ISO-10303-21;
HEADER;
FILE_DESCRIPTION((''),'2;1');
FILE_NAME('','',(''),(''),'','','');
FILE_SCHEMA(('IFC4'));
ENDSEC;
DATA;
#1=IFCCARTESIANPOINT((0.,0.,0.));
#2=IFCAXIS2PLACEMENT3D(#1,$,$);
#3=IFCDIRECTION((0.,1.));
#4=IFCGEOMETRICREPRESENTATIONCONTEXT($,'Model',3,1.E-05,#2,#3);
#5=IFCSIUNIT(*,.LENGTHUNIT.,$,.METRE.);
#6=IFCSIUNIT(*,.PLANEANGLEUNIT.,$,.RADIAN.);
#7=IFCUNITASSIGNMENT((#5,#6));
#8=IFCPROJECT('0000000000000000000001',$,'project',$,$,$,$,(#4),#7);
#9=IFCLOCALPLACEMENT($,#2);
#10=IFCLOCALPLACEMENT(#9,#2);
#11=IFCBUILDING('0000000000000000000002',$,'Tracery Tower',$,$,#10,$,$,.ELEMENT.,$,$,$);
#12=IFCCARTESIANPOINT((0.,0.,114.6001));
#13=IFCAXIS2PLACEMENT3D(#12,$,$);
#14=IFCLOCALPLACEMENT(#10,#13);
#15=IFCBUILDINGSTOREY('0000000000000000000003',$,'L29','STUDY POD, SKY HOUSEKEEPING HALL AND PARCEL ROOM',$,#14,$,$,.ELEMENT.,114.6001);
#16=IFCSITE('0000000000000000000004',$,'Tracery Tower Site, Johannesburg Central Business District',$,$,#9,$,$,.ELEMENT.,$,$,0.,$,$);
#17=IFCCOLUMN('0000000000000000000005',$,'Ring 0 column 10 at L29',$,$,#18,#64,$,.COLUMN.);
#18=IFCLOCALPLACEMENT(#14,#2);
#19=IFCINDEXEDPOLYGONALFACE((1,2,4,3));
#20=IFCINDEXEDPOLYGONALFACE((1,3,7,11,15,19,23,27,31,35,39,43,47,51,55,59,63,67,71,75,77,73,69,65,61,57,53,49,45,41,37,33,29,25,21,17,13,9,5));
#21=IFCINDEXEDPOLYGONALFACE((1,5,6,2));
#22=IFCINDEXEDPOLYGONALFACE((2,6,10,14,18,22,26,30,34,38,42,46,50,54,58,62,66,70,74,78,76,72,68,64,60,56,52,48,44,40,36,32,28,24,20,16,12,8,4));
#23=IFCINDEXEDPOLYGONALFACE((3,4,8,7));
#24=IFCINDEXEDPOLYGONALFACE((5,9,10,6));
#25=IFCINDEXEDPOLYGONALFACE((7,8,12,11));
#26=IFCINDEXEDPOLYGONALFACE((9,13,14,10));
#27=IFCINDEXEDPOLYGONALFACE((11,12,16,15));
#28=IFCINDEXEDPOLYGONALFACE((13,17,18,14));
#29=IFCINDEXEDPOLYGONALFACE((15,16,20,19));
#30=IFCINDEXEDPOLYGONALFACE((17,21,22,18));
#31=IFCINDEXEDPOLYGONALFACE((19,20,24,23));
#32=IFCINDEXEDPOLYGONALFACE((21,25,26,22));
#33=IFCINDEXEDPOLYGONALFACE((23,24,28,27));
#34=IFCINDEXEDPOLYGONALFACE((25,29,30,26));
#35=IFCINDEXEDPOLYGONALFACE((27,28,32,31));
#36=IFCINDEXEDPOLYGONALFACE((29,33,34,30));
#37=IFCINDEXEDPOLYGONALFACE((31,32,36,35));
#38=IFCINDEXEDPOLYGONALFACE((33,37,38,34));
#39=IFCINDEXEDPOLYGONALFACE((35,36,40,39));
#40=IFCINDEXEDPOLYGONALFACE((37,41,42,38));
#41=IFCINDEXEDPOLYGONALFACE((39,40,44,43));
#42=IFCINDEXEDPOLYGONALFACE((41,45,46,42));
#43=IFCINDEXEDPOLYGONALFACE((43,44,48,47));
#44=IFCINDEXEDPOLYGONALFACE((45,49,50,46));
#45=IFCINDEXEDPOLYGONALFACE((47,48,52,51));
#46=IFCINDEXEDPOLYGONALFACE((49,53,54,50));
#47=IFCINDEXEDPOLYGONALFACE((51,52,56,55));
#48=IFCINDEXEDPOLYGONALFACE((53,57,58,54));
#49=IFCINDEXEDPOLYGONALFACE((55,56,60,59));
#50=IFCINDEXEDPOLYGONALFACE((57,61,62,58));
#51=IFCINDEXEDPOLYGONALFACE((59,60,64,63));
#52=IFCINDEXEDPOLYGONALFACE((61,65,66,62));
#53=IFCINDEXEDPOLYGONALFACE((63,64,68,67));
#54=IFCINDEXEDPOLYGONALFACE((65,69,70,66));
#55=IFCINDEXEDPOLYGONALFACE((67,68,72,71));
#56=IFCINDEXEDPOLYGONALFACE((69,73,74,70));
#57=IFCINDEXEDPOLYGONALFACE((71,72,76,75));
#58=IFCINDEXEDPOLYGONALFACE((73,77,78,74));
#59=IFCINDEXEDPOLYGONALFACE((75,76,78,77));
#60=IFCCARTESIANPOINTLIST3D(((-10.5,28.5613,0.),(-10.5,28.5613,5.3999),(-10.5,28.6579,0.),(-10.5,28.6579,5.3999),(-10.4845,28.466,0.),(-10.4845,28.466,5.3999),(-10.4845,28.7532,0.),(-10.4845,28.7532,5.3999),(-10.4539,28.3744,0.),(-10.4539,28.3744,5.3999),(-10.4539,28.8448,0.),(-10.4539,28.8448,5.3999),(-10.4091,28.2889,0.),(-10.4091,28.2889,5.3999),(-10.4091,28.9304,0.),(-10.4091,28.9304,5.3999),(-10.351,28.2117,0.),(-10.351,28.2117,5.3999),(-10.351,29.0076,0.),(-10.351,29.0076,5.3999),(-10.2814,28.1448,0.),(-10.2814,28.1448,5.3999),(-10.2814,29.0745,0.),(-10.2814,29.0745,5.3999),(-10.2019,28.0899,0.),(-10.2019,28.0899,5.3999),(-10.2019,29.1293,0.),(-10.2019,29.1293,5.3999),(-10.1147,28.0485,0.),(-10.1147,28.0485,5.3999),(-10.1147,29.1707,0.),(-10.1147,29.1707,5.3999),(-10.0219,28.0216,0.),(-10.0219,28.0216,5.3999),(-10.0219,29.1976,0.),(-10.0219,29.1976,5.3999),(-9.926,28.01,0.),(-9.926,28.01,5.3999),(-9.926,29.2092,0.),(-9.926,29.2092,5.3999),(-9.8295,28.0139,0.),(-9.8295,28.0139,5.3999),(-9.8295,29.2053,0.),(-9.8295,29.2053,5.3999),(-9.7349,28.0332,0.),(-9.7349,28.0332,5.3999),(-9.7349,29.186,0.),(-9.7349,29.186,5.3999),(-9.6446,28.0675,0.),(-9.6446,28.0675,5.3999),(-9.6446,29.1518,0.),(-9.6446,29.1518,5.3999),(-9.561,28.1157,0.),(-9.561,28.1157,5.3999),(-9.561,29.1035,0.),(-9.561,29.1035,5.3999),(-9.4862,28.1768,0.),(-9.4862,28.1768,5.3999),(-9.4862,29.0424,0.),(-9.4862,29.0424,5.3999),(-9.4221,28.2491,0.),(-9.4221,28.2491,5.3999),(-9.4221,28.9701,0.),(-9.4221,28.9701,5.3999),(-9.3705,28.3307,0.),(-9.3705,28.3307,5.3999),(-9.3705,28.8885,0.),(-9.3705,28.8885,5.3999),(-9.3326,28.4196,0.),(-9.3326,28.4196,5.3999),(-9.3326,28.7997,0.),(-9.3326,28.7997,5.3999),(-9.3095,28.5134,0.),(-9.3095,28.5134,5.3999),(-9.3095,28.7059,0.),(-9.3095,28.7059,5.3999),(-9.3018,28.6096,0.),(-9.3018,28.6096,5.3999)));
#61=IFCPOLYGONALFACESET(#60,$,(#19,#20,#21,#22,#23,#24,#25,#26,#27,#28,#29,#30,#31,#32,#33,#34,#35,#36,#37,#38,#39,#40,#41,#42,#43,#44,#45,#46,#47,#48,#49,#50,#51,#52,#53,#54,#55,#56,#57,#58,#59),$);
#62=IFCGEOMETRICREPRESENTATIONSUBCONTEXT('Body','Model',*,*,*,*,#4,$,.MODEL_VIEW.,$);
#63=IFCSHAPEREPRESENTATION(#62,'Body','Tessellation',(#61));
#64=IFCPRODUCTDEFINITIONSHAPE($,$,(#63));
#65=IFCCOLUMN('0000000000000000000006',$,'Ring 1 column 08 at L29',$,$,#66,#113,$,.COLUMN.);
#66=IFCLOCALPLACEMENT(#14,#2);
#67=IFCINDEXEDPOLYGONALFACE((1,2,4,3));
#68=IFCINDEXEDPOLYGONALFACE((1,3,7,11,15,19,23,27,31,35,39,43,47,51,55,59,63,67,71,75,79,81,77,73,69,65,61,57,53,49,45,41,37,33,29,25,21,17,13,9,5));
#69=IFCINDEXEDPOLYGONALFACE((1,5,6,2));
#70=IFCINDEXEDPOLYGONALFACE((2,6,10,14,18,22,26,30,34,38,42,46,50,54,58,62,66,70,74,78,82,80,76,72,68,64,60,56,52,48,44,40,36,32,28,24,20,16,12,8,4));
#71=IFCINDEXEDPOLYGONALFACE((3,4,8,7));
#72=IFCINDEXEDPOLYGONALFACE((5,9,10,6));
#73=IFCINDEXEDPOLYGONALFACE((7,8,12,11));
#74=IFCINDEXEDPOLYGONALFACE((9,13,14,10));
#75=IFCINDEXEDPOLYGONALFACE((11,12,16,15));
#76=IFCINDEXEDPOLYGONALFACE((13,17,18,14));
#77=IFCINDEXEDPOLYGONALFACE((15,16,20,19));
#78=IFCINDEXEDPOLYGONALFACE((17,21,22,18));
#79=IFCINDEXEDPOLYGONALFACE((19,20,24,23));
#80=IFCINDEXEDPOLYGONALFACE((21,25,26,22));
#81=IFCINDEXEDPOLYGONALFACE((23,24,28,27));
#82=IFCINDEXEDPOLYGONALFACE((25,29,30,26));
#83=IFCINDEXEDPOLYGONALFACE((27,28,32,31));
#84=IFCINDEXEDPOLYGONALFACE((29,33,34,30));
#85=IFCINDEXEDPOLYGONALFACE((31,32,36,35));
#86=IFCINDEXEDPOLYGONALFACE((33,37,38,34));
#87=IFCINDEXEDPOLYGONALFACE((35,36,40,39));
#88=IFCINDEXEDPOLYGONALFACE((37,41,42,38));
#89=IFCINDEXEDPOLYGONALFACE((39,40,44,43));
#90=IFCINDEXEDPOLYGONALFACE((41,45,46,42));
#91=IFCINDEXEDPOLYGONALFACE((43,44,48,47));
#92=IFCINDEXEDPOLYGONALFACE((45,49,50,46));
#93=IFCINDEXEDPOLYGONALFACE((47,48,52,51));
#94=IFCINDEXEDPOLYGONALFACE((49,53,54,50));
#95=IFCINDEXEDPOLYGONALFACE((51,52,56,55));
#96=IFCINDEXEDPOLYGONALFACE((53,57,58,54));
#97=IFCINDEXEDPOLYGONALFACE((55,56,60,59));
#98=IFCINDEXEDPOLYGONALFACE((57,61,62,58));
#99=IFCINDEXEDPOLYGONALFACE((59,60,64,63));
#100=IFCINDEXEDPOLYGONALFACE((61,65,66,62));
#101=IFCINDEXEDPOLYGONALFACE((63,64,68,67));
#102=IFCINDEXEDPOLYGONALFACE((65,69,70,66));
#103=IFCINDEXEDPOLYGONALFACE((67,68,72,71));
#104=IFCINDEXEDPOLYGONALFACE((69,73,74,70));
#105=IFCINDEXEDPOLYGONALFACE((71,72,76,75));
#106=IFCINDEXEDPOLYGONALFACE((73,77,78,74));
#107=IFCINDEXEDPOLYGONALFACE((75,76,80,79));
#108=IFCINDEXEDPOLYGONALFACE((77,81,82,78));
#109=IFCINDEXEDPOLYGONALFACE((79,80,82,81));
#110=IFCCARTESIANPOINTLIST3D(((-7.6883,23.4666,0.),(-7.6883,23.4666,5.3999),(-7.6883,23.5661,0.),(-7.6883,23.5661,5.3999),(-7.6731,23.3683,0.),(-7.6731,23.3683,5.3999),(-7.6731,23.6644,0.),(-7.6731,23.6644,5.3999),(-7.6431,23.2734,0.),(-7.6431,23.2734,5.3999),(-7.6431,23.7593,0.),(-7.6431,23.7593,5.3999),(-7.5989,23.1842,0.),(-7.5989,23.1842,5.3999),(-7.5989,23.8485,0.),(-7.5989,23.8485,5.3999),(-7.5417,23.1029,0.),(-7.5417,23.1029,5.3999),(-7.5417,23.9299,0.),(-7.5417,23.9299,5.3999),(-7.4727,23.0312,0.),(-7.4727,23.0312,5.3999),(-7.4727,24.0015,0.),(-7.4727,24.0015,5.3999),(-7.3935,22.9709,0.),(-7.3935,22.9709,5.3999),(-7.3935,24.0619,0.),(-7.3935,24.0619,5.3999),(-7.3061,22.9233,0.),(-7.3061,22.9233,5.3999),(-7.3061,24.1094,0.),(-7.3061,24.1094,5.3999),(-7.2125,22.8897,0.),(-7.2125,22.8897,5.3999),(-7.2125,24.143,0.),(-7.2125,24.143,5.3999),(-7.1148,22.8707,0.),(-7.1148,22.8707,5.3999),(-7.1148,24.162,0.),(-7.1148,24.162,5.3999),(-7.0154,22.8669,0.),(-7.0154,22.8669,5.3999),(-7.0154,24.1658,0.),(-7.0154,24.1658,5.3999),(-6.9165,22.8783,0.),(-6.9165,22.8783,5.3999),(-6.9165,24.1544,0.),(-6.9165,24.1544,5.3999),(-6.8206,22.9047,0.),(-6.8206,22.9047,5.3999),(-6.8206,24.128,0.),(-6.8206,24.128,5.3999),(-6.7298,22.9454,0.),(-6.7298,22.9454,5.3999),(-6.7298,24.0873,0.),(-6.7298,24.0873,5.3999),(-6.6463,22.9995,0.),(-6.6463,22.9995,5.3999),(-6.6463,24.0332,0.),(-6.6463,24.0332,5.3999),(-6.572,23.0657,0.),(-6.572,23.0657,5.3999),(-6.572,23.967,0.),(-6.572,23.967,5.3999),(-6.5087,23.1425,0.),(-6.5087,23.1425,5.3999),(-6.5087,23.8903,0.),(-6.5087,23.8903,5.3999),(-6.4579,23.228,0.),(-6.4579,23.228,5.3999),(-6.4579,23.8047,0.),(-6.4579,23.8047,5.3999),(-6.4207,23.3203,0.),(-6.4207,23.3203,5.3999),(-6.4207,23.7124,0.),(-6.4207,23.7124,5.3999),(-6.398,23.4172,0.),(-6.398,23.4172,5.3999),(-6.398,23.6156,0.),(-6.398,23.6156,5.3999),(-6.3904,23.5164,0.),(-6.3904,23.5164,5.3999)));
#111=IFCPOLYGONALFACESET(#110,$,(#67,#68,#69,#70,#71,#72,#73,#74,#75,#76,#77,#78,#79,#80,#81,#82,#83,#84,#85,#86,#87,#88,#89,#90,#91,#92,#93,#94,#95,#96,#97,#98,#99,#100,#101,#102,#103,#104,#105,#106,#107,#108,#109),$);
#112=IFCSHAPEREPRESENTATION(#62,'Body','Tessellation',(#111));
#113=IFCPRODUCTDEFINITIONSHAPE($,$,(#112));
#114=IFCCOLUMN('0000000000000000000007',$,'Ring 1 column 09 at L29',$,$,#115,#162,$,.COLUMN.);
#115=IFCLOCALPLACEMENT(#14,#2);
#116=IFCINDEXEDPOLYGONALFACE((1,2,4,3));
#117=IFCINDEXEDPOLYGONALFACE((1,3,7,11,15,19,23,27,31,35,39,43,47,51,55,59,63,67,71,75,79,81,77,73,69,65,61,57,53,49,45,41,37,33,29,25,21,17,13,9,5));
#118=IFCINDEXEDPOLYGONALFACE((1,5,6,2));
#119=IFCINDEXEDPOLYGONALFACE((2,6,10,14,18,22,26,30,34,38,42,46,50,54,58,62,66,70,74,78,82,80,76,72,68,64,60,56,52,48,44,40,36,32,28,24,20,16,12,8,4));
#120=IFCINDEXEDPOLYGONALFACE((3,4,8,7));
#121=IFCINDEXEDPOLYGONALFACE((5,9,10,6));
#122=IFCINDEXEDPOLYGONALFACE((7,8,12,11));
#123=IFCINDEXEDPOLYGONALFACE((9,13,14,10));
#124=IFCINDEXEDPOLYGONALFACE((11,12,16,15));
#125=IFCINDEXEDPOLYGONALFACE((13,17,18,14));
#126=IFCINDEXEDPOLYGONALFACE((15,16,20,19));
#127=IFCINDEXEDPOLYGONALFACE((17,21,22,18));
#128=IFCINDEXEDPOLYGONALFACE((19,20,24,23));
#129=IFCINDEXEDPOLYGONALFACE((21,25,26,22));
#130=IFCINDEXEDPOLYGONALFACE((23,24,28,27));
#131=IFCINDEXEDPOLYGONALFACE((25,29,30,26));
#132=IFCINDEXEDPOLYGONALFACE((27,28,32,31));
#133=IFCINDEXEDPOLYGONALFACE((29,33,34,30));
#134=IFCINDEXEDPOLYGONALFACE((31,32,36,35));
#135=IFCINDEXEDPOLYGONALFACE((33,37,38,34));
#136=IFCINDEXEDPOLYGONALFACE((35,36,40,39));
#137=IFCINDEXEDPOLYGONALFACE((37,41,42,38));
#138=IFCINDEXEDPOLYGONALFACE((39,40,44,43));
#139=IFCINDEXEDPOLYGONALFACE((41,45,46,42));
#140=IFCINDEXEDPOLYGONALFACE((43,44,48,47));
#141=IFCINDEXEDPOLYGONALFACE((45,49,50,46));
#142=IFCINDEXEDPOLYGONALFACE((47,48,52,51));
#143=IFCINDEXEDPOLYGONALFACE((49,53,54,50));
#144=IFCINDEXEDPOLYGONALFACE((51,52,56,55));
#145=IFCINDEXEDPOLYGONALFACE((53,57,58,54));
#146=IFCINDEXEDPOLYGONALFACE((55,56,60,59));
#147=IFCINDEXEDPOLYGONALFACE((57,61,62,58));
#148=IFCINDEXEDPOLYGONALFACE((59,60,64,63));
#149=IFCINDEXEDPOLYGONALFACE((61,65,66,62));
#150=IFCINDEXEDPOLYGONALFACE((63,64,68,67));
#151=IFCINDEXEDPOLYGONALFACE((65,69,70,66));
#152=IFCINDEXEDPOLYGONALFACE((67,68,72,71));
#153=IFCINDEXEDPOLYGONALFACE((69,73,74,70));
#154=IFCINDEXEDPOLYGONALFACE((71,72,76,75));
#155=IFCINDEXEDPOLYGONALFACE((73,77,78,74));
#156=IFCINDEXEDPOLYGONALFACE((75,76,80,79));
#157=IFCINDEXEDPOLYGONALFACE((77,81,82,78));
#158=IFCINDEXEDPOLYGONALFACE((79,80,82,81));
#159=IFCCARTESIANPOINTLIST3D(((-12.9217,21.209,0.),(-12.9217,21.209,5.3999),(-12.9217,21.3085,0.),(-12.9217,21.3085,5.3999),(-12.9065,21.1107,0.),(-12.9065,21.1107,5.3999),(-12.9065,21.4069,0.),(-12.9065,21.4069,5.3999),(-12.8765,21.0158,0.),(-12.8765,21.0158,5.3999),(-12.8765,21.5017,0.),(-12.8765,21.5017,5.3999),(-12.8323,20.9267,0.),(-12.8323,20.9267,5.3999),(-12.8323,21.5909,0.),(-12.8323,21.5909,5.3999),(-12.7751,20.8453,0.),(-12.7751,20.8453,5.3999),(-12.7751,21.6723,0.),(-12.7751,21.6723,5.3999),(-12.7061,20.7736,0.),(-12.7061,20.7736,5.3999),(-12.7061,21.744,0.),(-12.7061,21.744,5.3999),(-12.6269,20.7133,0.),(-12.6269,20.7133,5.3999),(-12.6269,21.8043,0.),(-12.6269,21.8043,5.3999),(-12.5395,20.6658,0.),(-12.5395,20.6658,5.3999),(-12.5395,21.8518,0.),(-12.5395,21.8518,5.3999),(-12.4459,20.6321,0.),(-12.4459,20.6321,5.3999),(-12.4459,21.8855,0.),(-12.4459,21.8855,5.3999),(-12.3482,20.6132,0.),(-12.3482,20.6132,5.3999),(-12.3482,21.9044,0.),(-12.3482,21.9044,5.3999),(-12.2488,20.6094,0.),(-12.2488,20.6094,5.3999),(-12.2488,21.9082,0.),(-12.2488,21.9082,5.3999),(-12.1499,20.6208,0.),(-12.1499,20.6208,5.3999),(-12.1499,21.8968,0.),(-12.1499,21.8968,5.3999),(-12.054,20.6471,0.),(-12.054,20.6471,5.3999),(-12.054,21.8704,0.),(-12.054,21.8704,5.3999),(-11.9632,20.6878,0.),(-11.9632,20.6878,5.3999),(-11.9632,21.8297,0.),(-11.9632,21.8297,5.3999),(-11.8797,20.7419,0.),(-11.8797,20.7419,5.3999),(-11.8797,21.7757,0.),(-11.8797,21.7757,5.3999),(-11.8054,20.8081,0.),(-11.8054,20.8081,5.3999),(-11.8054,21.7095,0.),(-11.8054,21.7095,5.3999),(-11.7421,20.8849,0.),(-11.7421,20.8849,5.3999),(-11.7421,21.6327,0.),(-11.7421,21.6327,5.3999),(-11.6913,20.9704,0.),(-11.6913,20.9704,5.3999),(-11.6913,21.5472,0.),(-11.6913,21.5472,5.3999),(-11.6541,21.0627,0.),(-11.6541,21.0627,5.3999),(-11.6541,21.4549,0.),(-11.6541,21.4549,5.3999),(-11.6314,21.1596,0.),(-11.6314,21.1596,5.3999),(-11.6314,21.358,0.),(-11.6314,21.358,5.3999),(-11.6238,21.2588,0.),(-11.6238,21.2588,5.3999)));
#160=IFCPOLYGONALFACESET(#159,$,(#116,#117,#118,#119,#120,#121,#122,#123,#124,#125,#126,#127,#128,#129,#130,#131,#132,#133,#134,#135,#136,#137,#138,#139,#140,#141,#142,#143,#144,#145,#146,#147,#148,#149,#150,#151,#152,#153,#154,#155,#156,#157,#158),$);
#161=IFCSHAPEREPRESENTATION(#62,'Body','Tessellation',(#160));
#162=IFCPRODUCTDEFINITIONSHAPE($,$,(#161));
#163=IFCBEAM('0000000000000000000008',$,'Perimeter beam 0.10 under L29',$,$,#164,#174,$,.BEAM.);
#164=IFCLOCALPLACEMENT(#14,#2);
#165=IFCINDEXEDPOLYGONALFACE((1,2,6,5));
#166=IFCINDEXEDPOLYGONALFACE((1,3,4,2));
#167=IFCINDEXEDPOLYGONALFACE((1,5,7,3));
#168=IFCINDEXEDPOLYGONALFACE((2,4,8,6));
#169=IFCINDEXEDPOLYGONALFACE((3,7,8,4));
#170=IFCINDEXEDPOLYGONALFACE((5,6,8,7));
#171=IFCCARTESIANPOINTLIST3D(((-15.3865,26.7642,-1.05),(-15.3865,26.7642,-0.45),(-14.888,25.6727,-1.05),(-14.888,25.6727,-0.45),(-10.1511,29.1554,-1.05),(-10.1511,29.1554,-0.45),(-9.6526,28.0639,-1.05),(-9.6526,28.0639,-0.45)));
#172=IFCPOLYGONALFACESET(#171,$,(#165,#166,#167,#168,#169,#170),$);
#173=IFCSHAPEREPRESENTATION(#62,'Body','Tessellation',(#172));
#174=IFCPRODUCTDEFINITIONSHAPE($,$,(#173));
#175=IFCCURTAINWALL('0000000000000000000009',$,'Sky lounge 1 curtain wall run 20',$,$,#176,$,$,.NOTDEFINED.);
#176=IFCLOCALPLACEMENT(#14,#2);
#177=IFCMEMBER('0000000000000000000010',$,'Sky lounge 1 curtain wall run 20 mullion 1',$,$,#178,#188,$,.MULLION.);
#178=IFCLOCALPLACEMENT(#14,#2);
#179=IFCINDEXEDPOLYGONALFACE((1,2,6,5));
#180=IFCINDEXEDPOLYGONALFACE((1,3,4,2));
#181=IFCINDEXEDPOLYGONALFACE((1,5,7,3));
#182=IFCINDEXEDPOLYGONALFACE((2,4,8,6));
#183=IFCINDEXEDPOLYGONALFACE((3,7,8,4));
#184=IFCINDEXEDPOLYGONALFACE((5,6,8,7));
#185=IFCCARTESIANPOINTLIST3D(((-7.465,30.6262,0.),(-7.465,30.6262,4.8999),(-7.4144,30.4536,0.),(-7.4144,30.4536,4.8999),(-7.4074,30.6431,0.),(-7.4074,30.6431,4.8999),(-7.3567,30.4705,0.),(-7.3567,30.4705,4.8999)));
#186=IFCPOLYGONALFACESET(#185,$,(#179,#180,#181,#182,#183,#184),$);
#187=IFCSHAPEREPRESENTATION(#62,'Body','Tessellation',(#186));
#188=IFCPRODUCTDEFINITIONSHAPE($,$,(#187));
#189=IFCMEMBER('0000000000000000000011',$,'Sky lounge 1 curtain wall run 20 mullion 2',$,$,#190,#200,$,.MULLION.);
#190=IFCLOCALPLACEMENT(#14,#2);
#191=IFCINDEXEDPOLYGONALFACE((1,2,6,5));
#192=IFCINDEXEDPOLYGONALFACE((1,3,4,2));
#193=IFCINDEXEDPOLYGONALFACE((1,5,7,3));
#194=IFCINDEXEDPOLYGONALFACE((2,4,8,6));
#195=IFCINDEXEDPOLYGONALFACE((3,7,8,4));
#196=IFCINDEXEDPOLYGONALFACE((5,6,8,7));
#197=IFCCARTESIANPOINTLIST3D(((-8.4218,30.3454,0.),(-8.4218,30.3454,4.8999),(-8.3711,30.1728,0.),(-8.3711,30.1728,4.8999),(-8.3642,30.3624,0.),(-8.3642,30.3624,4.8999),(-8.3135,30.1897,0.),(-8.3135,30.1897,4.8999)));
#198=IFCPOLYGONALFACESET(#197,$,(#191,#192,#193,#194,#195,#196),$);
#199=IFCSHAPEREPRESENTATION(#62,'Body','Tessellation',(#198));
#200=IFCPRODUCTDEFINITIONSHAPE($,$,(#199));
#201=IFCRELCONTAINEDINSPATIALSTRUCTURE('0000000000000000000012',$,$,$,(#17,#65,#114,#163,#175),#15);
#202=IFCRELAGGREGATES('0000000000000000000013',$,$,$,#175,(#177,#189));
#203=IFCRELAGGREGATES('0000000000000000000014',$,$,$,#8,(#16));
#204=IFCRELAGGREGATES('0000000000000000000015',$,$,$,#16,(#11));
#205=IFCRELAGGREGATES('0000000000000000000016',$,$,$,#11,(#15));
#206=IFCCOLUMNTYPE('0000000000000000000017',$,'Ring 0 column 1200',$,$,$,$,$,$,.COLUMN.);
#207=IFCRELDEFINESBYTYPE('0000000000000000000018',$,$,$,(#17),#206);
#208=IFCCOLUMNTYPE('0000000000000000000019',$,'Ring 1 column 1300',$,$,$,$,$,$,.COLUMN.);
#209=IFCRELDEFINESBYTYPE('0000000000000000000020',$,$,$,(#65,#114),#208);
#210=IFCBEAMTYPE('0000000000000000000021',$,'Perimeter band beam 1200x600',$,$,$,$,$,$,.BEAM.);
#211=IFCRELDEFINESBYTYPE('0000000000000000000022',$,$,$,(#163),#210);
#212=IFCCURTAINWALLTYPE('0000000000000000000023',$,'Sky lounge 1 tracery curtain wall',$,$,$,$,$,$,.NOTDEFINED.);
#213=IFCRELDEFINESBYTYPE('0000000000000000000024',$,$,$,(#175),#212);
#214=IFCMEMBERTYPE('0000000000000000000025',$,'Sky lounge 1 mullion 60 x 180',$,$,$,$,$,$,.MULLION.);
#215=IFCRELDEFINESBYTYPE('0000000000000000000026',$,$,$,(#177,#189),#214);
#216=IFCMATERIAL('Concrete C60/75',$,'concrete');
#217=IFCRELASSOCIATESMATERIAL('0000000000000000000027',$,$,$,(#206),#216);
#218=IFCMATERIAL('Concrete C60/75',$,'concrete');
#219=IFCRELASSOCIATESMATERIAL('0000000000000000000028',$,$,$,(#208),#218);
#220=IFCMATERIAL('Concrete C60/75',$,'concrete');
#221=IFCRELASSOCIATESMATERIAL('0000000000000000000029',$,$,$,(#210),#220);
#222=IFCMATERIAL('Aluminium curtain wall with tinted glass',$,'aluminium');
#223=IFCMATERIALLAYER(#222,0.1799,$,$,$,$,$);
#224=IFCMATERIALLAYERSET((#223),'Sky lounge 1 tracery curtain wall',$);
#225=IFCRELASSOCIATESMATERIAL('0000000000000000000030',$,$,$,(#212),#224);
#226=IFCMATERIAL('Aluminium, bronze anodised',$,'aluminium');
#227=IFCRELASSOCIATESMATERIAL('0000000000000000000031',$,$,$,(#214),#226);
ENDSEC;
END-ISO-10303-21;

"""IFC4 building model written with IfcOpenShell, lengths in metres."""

from ifc_helpers import new_model, si_unit, direction, frame, origin, origin_2d, place, context, subcontext, project, spatial, rectangle, circle, extrude, material, layer, layer_set, material_profile, profile_set, type_object, element, aggregate, save


model = new_model("IFC4")

# Units and contexts
model_context = context("Model", 3, precision=1e-05, world=origin(), true_north=direction((0.0, 1.0)))
body_context = subcontext(model_context, "Body", "Model", "MODEL_VIEW")
ifc_project = project(units=[si_unit("LENGTHUNIT", "METRE"), si_unit("PLANEANGLEUNIT", "RADIAN")], contexts=[model_context])

# Site, building, storey
site_placement = place(None, origin())
site = spatial("IfcSite", under=ifc_project, at=site_placement, Name="Tracery Tower Site, Johannesburg Central Business District", CompositionType="ELEMENT", RefElevation=0.0)
building_placement = place(site_placement, origin())
building = spatial("IfcBuilding", under=site, at=building_placement, Name="Tracery Tower", CompositionType="ELEMENT")
storey_placement = place(building_placement, frame((0.0, 0.0, 114.6001)))
storey = spatial("IfcBuildingStorey", under=building, at=storey_placement, Name="L29", Description="STUDY POD, SKY HOUSEKEEPING HALL AND PARCEL ROOM", CompositionType="ELEMENT", Elevation=114.6001)

# Columns
ifc_material_1 = material(Name="Concrete C60/75", Category="concrete")
ifc_material_profile_1 = material_profile(ifc_material_1, circle(Radius=0.6001, at=origin_2d()), Name="RC D1200")
ifc_profile_set_1 = profile_set([ifc_material_profile_1], Name="Concrete C60/75")
column_type_1 = type_object("IfcColumnType", Name="Ring 0 column 1200", PredefinedType="COLUMN", material=ifc_profile_set_1)
column_placement = place(storey_placement, frame((-9.9019, 28.6096, 0.0), z_axis=(0.0, 0.0, 1.0), x_axis=(1.0, 0.0, 0.0)))
element("IfcColumn", 1, at=column_placement, inside=storey, type_object=column_type_1, Name="Ring 0 column 10 at L29", PredefinedType="COLUMN", context=body_context, shape_type="SweptSolid", body=[
    extrude(circle(Radius=0.6001, at=origin_2d()), origin(), (0.0, 0.0, 1.0), 5.3999),
])
ifc_material_2 = material(Name="Concrete C60/75", Category="concrete")
ifc_material_profile_2 = material_profile(ifc_material_2, circle(Radius=0.6499, at=origin_2d()), Name="RC D1300")
ifc_profile_set_2 = profile_set([ifc_material_profile_2], Name="Concrete C60/75")
column_type_2 = type_object("IfcColumnType", Name="Ring 1 column 1300", PredefinedType="COLUMN", material=ifc_profile_set_2)
for number, where, z_axis, x_axis, name in (
    (2, (-7.0403, 23.5164, 0.0), (0.0, 0.0, 1.0), (1.0, 0.0, 0.0), "Ring 1 column 08 at L29"),
    (3, (-12.2737, 21.2588, 0.0), (0.0, 0.0, 1.0), (1.0, 0.0, 0.0), "Ring 1 column 09 at L29"),
):
    element("IfcColumn", number, at=place(storey_placement, frame(where, z_axis=z_axis, x_axis=x_axis)), inside=storey, type_object=column_type_2, Name=name, PredefinedType="COLUMN", context=body_context, shape_type="SweptSolid", body=[
        extrude(circle(Radius=0.6499, at=origin_2d()), origin(), (0.0, 0.0, 1.0), 5.3999),
    ])

# Beam
ifc_material_3 = material(Name="Concrete C60/75", Category="concrete")
ifc_material_profile_3 = material_profile(ifc_material_3, rectangle(XDim=1.2, YDim=0.6001, at=origin_2d()), Name="RC 1200x600")
ifc_profile_set_3 = profile_set([ifc_material_profile_3], Name="Concrete C60/75")
beam_type = type_object("IfcBeamType", Name="Perimeter band beam 1200x600", PredefinedType="BEAM", material=ifc_profile_set_3)
beam_placement = place(storey_placement, frame((-9.9019, 28.6096, -0.75), z_axis=(-0.909618, -0.415445, 0.0), x_axis=(0.415445, -0.909618, 0.0)))
element("IfcBeam", 4, at=beam_placement, inside=storey, type_object=beam_type, Name="Perimeter beam 0.10 under L29", PredefinedType="BEAM", context=body_context, shape_type="SweptSolid", body=[
    extrude(rectangle(XDim=1.2, YDim=0.6001, at=origin_2d()), origin(), (0.0, 0.0, 1.0), 5.7556),
])

# Curtain wall, members
ifc_material_4 = material(Name="Aluminium curtain wall with tinted glass", Category="aluminium")
ifc_layer_1 = layer(ifc_material_4, 0.1799)
ifc_layer_set_1 = layer_set([ifc_layer_1], Name="Sky lounge 1 tracery curtain wall")
curtain_wall_type = type_object("IfcCurtainWallType", Name="Sky lounge 1 tracery curtain wall", PredefinedType="NOTDEFINED", material=ifc_layer_set_1)
curtain_wall_1_placement = place(storey_placement, origin())
curtain_wall_1 = element("IfcCurtainWall", 5, at=curtain_wall_1_placement, inside=storey, type_object=curtain_wall_type, Name="Sky lounge 1 curtain wall run 20", PredefinedType="NOTDEFINED")
ifc_material_5 = material(Name="Aluminium, bronze anodised", Category="aluminium")
ifc_material_profile_4 = material_profile(ifc_material_5, rectangle(XDim=0.1799, YDim=0.0601, at=origin_2d()), Name="AL 60x180")
ifc_profile_set_4 = profile_set([ifc_material_profile_4], Name="Aluminium, bronze anodised")
member_type_1 = type_object("IfcMemberType", Name="Sky lounge 1 mullion 60 x 180", PredefinedType="MULLION", material=ifc_profile_set_4)
member_1_placement = place(storey_placement, frame((-7.4109, 30.5483, 0.0), z_axis=(0.0, 0.0, 1.0), x_axis=(0.281733, -0.959493, 0.0)))
member_1 = element("IfcMember", 6, at=member_1_placement, type_object=member_type_1, Name="Sky lounge 1 curtain wall run 20 mullion 1", PredefinedType="MULLION", context=body_context, shape_type="SweptSolid", body=[
    extrude(rectangle(XDim=0.1799, YDim=0.0601, at=origin_2d()), origin(), (0.0, 0.0, 1.0), 4.8999),
])
member_2_placement = place(storey_placement, frame((-8.3677, 30.2676, 0.0), z_axis=(0.0, 0.0, 1.0), x_axis=(0.281733, -0.959493, 0.0)))
member_2 = element("IfcMember", 7, at=member_2_placement, type_object=member_type_1, Name="Sky lounge 1 curtain wall run 20 mullion 2", PredefinedType="MULLION", context=body_context, shape_type="SweptSolid", body=[
    extrude(rectangle(XDim=0.1799, YDim=0.0601, at=origin_2d()), origin(), (0.0, 0.0, 1.0), 4.8999),
])

aggregate(curtain_wall_1, [member_1, member_2])

save(model, "model.ifc")
